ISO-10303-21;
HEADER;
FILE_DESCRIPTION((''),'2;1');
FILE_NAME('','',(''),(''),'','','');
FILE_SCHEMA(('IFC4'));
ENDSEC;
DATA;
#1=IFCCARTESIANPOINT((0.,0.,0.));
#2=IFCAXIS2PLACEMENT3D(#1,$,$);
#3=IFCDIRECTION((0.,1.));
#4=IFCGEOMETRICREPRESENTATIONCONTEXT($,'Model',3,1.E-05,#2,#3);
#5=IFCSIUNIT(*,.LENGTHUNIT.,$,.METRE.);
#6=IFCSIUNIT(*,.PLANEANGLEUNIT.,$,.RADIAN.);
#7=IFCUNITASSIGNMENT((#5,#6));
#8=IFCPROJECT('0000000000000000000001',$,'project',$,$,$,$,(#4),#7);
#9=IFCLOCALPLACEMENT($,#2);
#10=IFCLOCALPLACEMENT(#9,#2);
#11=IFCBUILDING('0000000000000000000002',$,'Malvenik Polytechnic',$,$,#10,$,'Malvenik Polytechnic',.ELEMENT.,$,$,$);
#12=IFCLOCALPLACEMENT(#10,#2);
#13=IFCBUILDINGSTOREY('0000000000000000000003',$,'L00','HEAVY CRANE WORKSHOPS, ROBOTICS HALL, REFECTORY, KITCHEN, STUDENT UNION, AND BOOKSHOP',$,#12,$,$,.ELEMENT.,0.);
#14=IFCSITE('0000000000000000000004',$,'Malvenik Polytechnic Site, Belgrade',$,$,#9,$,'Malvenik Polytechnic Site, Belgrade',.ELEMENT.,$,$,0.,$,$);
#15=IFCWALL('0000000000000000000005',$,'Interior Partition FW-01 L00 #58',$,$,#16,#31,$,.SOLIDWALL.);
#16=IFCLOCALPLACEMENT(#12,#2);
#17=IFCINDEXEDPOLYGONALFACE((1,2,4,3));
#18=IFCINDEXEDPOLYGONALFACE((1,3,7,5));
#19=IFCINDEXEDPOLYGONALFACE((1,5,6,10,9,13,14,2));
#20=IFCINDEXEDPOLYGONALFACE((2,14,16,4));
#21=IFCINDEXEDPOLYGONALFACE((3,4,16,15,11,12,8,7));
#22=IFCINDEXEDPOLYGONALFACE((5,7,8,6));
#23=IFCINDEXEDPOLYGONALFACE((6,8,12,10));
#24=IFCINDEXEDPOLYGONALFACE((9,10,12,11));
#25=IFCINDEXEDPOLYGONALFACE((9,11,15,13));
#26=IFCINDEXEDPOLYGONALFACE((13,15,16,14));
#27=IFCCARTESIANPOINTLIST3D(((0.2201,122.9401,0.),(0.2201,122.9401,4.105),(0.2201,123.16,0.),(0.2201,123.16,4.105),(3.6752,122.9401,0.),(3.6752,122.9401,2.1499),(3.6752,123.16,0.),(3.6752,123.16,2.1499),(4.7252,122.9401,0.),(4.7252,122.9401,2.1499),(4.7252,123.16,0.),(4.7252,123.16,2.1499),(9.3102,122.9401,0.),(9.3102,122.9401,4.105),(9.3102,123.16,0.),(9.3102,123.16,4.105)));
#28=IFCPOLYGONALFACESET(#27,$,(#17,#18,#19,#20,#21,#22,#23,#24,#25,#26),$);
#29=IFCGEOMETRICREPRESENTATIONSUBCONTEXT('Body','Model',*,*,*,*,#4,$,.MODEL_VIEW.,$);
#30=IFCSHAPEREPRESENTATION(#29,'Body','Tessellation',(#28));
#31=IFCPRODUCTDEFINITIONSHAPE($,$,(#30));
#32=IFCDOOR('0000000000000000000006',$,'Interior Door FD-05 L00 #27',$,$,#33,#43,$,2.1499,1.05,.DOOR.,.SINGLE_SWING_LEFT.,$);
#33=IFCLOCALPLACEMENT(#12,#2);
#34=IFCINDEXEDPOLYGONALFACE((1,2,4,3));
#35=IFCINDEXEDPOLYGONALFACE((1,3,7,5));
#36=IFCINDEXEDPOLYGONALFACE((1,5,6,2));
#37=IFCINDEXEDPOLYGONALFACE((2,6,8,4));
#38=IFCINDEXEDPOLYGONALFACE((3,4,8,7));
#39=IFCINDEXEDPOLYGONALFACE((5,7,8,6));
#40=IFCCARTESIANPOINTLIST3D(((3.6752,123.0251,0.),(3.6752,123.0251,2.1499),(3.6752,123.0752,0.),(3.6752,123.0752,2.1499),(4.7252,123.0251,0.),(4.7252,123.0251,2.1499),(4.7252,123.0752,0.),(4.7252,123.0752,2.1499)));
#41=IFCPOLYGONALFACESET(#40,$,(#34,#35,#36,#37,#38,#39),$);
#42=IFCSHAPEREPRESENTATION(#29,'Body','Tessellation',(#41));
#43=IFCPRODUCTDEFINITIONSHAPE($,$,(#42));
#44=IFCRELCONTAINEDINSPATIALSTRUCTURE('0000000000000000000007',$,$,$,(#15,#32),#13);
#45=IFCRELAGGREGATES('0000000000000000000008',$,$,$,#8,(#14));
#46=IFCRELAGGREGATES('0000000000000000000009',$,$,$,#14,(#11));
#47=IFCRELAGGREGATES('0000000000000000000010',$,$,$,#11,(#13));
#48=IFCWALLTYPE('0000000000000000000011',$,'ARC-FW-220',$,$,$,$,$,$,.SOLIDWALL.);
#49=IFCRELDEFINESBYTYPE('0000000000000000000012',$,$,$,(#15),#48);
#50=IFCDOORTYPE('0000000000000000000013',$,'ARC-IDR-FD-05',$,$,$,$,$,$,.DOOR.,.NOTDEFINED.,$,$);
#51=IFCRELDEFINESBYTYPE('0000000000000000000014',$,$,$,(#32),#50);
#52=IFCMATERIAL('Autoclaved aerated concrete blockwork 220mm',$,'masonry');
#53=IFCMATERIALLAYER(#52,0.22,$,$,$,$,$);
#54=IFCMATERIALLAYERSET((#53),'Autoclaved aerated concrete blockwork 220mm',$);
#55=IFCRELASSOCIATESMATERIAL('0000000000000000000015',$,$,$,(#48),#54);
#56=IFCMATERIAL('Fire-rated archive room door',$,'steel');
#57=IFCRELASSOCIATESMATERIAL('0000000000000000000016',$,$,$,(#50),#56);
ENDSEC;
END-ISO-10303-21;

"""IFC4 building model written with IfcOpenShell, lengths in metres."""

from ifc_helpers import new_model, si_unit, direction, frame, frame_2d, origin, place, context, subcontext, project, spatial, rectangle, extrude, material, layer, layer_set, type_object, element, fill, save


model = new_model("IFC4")

# Units and contexts
model_context = context("Model", 3, precision=1e-05, world=origin(), true_north=direction((0.0, 1.0)))
body_context = subcontext(model_context, "Body", "Model", "MODEL_VIEW")
ifc_project = project(units=[si_unit("LENGTHUNIT", "METRE"), si_unit("PLANEANGLEUNIT", "RADIAN")], contexts=[model_context])

# Site, building, storey
site_placement = place(None, origin())
site = spatial("IfcSite", under=ifc_project, at=site_placement, Name="Malvenik Polytechnic Site, Belgrade", LongName="Malvenik Polytechnic Site, Belgrade", CompositionType="ELEMENT", RefElevation=0.0)
building_placement = place(site_placement, origin())
building = spatial("IfcBuilding", under=site, at=building_placement, Name="Malvenik Polytechnic", LongName="Malvenik Polytechnic", CompositionType="ELEMENT")
storey_placement = place(building_placement, origin())
storey = spatial("IfcBuildingStorey", under=building, at=storey_placement, Name="L00", Description="HEAVY CRANE WORKSHOPS, ROBOTICS HALL, REFECTORY, KITCHEN, STUDENT UNION, AND BOOKSHOP", CompositionType="ELEMENT", Elevation=0.0)

# Shared definitions
ifc_material_1 = material(Name="Autoclaved aerated concrete blockwork 220mm", Category="masonry")
ifc_layer_1 = layer(ifc_material_1, 0.22)
ifc_layer_set_1 = layer_set([ifc_layer_1], Name="Autoclaved aerated concrete blockwork 220mm")
wall_type_1 = type_object("IfcWallType", Name="ARC-FW-220", PredefinedType="SOLIDWALL", material=ifc_layer_set_1)

# Wall, opening, door
wall_1_placement = place(storey_placement, frame((9.3101, 123.05, 0.0), z_axis=(0.0, 0.0, 1.0), x_axis=(-1.0, 0.0, 0.0)))
wall_1 = element("IfcWall", 1, at=wall_1_placement, inside=storey, type_object=wall_type_1, Name="Interior Partition FW-01 L00 #58", PredefinedType="SOLIDWALL", context=body_context, shape_type="SweptSolid", body=[
    extrude(rectangle(XDim=9.0901, YDim=0.22, at=frame_2d((4.5449, 0.0))), origin(), (0.0, 0.0, 1.0), 4.105),
])
opening_1_placement = place(wall_1_placement, frame((4.585, 0.0, 0.0)))
opening_1 = element("IfcOpeningElement", 2, at=opening_1_placement, cuts=wall_1, PredefinedType="OPENING", context=body_context, shape_type="SweptSolid", body=[
    extrude(rectangle(XDim=1.05, YDim=2.1499, at=frame_2d((0.5249, 1.075))), frame((0.0, 0.1201, 0.0), z_axis=(0.0, -1.0, 0.0), x_axis=(1.0, 0.0, 0.0)), (0.0, 0.0, 1.0), 0.24),
])
ifc_material_2 = material(Name="Fire-rated archive room door", Category="steel")
door_type_1 = type_object("IfcDoorType", Name="ARC-IDR-FD-05", OperationType="NOTDEFINED", PredefinedType="DOOR", material=ifc_material_2)
door_1_placement = place(opening_1_placement, origin())
door_1 = element("IfcDoor", 3, at=door_1_placement, inside=storey, type_object=door_type_1, Name="Interior Door FD-05 L00 #27", OperationType="SINGLE_SWING_LEFT", OverallHeight=2.1499, OverallWidth=1.05, PredefinedType="DOOR", context=body_context, shape_type="SweptSolid", body=[
    extrude(rectangle(XDim=1.05, YDim=2.1499, at=frame_2d((0.5249, 1.075))), frame((0.0, 0.0249, 0.0), z_axis=(0.0, -1.0, 0.0), x_axis=(1.0, 0.0, 0.0)), (0.0, 0.0, 1.0), 0.05),
])
fill(opening_1, door_1)

save(model, "model.ifc")
